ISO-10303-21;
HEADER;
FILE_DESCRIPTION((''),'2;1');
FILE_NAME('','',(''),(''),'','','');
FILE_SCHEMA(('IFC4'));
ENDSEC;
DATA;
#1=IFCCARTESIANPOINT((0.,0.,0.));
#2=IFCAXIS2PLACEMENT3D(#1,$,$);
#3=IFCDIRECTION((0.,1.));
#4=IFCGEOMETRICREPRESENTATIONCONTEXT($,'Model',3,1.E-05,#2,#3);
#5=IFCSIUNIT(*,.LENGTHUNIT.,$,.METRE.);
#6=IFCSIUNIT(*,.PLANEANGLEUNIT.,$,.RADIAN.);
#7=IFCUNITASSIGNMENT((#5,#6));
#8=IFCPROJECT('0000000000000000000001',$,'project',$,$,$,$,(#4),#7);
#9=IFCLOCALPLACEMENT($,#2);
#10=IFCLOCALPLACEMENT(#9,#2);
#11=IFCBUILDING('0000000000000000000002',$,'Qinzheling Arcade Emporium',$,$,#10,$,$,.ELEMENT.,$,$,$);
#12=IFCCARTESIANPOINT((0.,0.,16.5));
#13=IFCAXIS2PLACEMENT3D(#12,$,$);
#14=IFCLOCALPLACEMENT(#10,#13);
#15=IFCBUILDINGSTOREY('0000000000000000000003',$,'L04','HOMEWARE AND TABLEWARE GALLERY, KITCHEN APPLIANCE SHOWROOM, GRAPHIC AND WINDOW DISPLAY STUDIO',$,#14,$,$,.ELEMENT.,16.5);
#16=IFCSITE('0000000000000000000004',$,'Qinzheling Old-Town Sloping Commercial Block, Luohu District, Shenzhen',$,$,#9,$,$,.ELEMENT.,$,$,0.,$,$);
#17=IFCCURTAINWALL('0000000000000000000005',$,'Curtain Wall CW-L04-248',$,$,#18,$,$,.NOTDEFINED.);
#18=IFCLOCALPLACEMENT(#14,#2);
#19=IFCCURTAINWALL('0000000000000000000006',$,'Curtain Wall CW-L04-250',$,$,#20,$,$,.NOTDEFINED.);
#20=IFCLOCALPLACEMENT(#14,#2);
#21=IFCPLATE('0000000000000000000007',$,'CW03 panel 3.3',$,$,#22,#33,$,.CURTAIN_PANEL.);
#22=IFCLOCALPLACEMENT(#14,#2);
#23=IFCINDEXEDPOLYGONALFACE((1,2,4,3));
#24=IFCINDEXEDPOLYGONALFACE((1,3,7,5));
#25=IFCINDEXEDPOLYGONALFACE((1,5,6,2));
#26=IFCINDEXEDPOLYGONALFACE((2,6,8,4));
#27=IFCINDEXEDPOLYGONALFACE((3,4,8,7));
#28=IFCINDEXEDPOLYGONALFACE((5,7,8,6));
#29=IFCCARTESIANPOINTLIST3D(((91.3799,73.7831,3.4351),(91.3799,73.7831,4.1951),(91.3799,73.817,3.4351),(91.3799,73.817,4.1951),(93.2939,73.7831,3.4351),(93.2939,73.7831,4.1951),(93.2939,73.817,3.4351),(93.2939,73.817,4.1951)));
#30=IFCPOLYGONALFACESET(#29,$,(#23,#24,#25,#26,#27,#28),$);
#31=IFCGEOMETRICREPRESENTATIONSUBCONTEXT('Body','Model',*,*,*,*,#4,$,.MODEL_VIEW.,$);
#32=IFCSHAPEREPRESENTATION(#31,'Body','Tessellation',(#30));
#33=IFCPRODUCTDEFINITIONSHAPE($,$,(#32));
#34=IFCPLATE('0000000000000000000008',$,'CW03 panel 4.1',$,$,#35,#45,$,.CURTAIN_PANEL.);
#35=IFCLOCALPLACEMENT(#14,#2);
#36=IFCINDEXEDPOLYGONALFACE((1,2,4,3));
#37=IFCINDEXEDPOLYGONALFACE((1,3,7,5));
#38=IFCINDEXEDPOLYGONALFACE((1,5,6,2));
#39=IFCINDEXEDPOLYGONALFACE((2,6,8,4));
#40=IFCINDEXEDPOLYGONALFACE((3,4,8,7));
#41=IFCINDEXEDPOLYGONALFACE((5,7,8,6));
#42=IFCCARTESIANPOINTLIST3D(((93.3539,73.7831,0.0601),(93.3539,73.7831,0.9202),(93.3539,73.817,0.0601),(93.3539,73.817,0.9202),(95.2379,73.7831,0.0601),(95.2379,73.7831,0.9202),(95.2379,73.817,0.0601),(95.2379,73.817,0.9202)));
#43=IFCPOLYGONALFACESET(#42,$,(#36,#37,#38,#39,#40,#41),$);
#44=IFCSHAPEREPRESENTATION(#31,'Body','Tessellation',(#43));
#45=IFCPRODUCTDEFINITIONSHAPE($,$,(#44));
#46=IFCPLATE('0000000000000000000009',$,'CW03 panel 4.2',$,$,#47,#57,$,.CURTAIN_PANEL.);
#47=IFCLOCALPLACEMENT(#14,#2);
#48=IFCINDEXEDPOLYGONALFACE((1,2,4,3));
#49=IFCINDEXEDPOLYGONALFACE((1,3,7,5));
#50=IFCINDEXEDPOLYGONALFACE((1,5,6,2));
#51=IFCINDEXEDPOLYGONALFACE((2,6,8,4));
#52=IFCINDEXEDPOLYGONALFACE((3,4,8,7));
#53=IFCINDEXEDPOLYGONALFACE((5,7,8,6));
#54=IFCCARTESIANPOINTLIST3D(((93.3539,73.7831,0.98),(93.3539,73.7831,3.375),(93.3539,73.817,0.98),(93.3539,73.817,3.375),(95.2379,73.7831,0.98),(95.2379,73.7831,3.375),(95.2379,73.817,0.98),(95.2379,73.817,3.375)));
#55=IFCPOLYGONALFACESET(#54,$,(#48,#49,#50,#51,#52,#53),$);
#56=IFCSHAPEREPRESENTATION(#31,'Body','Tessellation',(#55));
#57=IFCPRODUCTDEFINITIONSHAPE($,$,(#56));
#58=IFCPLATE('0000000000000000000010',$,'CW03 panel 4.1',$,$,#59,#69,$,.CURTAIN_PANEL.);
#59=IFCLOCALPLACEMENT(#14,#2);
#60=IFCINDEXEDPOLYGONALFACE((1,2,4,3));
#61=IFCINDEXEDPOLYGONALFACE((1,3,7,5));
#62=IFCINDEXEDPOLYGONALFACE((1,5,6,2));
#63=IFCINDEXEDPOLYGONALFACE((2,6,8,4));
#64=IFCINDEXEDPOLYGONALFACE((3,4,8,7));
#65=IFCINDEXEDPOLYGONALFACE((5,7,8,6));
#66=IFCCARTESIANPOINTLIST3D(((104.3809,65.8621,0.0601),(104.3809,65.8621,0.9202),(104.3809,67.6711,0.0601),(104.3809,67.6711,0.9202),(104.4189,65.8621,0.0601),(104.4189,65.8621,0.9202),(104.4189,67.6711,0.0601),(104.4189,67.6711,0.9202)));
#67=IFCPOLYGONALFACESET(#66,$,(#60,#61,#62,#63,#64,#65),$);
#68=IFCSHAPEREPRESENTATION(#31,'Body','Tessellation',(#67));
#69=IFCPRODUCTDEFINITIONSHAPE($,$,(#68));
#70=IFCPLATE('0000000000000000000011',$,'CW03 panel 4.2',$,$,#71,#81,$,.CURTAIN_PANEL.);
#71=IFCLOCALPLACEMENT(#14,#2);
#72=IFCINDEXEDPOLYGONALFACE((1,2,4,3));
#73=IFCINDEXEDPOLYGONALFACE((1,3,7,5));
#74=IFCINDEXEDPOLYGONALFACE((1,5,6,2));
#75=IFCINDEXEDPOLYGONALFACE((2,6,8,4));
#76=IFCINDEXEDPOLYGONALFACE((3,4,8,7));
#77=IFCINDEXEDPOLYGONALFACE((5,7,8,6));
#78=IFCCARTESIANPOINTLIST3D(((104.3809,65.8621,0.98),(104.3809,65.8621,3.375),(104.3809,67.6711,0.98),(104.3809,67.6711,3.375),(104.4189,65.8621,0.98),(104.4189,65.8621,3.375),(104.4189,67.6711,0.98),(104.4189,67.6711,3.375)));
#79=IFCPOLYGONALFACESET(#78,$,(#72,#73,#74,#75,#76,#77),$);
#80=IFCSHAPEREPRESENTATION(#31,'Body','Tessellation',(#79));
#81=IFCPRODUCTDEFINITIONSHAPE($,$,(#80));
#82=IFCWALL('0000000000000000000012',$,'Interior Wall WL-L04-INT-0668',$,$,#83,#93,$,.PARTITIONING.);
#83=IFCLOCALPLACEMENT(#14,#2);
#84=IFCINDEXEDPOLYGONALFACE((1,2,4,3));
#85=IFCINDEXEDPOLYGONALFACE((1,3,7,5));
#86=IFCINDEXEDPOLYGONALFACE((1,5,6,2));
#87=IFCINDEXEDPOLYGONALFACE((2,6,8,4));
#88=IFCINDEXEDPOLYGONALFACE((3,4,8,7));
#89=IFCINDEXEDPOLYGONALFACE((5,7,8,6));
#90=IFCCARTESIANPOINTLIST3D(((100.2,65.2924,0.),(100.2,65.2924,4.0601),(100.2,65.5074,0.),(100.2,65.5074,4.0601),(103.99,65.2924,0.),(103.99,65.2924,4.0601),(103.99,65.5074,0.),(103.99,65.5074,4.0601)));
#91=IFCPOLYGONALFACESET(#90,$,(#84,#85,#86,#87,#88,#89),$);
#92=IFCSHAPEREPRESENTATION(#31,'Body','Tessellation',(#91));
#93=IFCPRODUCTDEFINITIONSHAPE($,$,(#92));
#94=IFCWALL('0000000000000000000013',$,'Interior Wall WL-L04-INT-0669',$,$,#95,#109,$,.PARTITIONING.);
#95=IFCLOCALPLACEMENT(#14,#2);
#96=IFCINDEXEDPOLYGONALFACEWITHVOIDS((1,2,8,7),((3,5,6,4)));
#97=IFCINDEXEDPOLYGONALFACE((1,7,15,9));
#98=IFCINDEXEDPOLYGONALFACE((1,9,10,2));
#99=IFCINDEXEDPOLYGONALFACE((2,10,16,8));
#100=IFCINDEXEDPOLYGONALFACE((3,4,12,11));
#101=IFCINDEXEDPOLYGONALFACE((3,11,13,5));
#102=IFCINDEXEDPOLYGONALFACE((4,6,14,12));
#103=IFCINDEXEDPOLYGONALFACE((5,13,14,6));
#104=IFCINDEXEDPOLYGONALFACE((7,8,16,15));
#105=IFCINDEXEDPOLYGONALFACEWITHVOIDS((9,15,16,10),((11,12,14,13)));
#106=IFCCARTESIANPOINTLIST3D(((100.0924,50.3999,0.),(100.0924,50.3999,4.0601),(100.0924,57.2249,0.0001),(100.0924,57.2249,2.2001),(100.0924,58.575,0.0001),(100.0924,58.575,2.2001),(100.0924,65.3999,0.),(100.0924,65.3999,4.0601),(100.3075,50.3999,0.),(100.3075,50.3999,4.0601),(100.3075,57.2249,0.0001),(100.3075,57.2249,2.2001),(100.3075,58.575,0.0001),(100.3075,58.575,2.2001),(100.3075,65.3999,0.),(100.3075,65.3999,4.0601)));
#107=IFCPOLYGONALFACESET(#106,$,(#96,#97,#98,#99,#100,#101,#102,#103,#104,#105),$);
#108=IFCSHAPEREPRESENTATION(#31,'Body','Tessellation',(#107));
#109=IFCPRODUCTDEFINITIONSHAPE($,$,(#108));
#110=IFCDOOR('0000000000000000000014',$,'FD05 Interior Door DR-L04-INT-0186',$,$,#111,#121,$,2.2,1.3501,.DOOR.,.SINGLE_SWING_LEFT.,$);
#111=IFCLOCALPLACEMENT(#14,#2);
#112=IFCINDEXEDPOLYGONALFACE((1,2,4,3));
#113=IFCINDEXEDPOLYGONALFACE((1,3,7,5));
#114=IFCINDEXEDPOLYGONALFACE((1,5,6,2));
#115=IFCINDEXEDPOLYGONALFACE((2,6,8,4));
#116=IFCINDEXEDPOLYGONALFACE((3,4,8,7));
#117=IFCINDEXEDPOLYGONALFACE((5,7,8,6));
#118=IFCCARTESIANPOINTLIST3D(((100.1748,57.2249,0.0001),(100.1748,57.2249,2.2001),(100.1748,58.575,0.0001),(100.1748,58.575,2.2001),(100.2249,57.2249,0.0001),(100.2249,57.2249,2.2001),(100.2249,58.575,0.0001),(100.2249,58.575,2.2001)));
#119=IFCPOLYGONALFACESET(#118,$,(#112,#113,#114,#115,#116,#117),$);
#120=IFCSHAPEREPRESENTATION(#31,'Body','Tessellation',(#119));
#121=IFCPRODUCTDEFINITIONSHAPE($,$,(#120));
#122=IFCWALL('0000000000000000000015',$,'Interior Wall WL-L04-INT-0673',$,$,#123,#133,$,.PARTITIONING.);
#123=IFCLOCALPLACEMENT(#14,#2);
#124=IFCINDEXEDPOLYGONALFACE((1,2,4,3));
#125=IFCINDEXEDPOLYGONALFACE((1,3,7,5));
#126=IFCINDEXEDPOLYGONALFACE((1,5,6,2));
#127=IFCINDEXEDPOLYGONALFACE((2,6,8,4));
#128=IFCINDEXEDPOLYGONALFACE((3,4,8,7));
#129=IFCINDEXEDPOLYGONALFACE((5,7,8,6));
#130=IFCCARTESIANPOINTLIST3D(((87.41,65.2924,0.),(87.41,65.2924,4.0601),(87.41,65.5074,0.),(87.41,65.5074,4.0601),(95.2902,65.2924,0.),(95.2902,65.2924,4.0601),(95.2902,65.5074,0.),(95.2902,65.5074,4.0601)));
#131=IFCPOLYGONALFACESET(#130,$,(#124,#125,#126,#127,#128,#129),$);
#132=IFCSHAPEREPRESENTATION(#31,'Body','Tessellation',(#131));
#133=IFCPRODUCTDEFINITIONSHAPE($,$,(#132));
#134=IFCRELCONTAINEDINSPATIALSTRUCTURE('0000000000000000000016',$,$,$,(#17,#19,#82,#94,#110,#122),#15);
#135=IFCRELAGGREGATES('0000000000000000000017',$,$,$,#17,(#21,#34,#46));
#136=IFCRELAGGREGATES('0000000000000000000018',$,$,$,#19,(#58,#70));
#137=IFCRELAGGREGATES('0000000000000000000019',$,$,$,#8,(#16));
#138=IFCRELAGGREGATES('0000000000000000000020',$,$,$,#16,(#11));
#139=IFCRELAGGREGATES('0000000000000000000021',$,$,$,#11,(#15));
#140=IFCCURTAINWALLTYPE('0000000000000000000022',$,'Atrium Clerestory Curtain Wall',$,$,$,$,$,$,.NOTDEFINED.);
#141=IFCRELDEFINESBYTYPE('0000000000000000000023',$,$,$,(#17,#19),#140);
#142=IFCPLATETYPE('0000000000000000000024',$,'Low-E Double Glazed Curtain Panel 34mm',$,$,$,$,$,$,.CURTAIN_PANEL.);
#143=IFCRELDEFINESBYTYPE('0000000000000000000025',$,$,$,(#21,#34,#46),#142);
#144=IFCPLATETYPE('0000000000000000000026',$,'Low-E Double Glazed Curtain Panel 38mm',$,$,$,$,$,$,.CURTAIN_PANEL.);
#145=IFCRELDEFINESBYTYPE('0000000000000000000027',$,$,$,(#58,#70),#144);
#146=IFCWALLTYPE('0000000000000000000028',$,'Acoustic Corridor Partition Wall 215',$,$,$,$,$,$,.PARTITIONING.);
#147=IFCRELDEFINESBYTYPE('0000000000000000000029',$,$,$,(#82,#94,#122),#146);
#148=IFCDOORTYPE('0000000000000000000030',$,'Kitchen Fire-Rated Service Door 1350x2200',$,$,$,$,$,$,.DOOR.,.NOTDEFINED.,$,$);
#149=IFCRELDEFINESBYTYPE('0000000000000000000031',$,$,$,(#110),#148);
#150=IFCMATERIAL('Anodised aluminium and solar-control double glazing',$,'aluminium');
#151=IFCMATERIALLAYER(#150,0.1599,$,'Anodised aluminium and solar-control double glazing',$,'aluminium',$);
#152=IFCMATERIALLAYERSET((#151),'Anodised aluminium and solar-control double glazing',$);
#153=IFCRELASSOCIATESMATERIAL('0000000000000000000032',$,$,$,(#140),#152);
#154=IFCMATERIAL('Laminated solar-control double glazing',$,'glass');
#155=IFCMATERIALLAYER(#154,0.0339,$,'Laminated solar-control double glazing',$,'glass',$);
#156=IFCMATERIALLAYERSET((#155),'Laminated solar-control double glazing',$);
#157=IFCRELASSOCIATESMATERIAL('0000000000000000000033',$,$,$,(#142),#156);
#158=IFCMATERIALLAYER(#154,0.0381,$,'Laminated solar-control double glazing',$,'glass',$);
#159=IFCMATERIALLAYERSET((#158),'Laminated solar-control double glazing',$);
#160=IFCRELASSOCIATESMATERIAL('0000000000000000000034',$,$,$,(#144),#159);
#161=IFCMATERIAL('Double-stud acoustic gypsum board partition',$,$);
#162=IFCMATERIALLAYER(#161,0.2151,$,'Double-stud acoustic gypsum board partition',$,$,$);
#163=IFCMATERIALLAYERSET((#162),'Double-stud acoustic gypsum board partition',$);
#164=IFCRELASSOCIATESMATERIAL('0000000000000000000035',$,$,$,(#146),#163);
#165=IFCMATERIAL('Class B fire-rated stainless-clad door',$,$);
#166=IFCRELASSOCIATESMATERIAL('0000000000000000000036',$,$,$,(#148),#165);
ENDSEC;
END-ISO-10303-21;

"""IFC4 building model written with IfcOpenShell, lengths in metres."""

from ifc_helpers import new_model, si_unit, direction, frame, frame_2d, origin, origin_2d, place, context, subcontext, project, spatial, rectangle, extrude, material, layer, layer_set, type_object, element, fill, aggregate, save


model = new_model("IFC4")

# Units and contexts
model_context = context("Model", 3, precision=1e-05, world=origin(), true_north=direction((0.0, 1.0)))
body_context = subcontext(model_context, "Body", "Model", "MODEL_VIEW")
ifc_project = project(units=[si_unit("LENGTHUNIT", "METRE"), si_unit("PLANEANGLEUNIT", "RADIAN")], contexts=[model_context])

# Site, building, storey
site_placement = place(None, origin())
site = spatial("IfcSite", under=ifc_project, at=site_placement, Name="Qinzheling Old-Town Sloping Commercial Block, Luohu District, Shenzhen", CompositionType="ELEMENT", RefElevation=0.0)
building_placement = place(site_placement, origin())
building = spatial("IfcBuilding", under=site, at=building_placement, Name="Qinzheling Arcade Emporium", CompositionType="ELEMENT")
storey_placement = place(building_placement, frame((0.0, 0.0, 16.5)))
storey = spatial("IfcBuildingStorey", under=building, at=storey_placement, Name="L04", Description="HOMEWARE AND TABLEWARE GALLERY, KITCHEN APPLIANCE SHOWROOM, GRAPHIC AND WINDOW DISPLAY STUDIO", CompositionType="ELEMENT", Elevation=16.5)

# Curtain walls
ifc_material_1 = material(Name="Anodised aluminium and solar-control double glazing", Category="aluminium")
ifc_layer_1 = layer(ifc_material_1, 0.1599, Name="Anodised aluminium and solar-control double glazing", Category="aluminium")
ifc_layer_set_1 = layer_set([ifc_layer_1], Name="Anodised aluminium and solar-control double glazing")
curtain_wall_type = type_object("IfcCurtainWallType", Name="Atrium Clerestory Curtain Wall", PredefinedType="NOTDEFINED", material=ifc_layer_set_1)
curtain_wall_1_placement = place(storey_placement, origin())
curtain_wall_1 = element("IfcCurtainWall", 1, at=curtain_wall_1_placement, inside=storey, type_object=curtain_wall_type, Name="Curtain Wall CW-L04-248", PredefinedType="NOTDEFINED")
curtain_wall_2_placement = place(storey_placement, origin())
curtain_wall_2 = element("IfcCurtainWall", 2, at=curtain_wall_2_placement, inside=storey, type_object=curtain_wall_type, Name="Curtain Wall CW-L04-250", PredefinedType="NOTDEFINED")

# Plates
ifc_material_2 = material(Name="Laminated solar-control double glazing", Category="glass")
ifc_layer_2 = layer(ifc_material_2, 0.0339, Name="Laminated solar-control double glazing", Category="glass")
ifc_layer_set_2 = layer_set([ifc_layer_2], Name="Laminated solar-control double glazing")
plate_type_1 = type_object("IfcPlateType", Name="Low-E Double Glazed Curtain Panel 34mm", PredefinedType="CURTAIN_PANEL", material=ifc_layer_set_2)
plate_1_placement = place(storey_placement, frame((92.3369, 73.8, 3.4351), z_axis=(0.0, 0.0, 1.0), x_axis=(1.0, 0.0, 0.0)))
plate_1 = element("IfcPlate", 3, at=plate_1_placement, type_object=plate_type_1, Name="CW03 panel 3.3", PredefinedType="CURTAIN_PANEL", context=body_context, shape_type="SweptSolid", body=[
    extrude(rectangle(XDim=1.9141, YDim=0.0339, at=origin_2d()), origin(), (0.0, 0.0, 1.0), 0.76),
])
plate_2_placement = place(storey_placement, frame((94.2959, 73.8, 0.0601), z_axis=(0.0, 0.0, 1.0), x_axis=(1.0, 0.0, 0.0)))
plate_2 = element("IfcPlate", 4, at=plate_2_placement, type_object=plate_type_1, Name="CW03 panel 4.1", PredefinedType="CURTAIN_PANEL", context=body_context, shape_type="SweptSolid", body=[
    extrude(rectangle(XDim=1.884, YDim=0.0339, at=origin_2d()), origin(), (0.0, 0.0, 1.0), 0.8601),
])
plate_3_placement = place(storey_placement, frame((94.2959, 73.8, 0.98), z_axis=(0.0, 0.0, 1.0), x_axis=(1.0, 0.0, 0.0)))
plate_3 = element("IfcPlate", 5, at=plate_3_placement, type_object=plate_type_1, Name="CW03 panel 4.2", PredefinedType="CURTAIN_PANEL", context=body_context, shape_type="SweptSolid", body=[
    extrude(rectangle(XDim=1.884, YDim=0.0339, at=origin_2d()), origin(), (0.0, 0.0, 1.0), 2.395),
])
aggregate(curtain_wall_1, [plate_1, plate_2, plate_3])
ifc_layer_3 = layer(ifc_material_2, 0.0381, Name="Laminated solar-control double glazing", Category="glass")
ifc_layer_set_3 = layer_set([ifc_layer_3], Name="Laminated solar-control double glazing")
plate_type_2 = type_object("IfcPlateType", Name="Low-E Double Glazed Curtain Panel 38mm", PredefinedType="CURTAIN_PANEL", material=ifc_layer_set_3)
plate_4_placement = place(storey_placement, frame((104.3999, 66.7666, 0.0601), z_axis=(0.0, 0.0, 1.0), x_axis=(0.0, -1.0, 0.0)))
plate_4 = element("IfcPlate", 6, at=plate_4_placement, type_object=plate_type_2, Name="CW03 panel 4.1", PredefinedType="CURTAIN_PANEL", context=body_context, shape_type="SweptSolid", body=[
    extrude(rectangle(XDim=1.8091, YDim=0.0381, at=origin_2d()), origin(), (0.0, 0.0, 1.0), 0.8601),
])
plate_5_placement = place(storey_placement, frame((104.3999, 66.7666, 0.98), z_axis=(0.0, 0.0, 1.0), x_axis=(0.0, -1.0, 0.0)))
plate_5 = element("IfcPlate", 7, at=plate_5_placement, type_object=plate_type_2, Name="CW03 panel 4.2", PredefinedType="CURTAIN_PANEL", context=body_context, shape_type="SweptSolid", body=[
    extrude(rectangle(XDim=1.8091, YDim=0.0381, at=origin_2d()), origin(), (0.0, 0.0, 1.0), 2.395),
])
aggregate(curtain_wall_2, [plate_4, plate_5])

# Wall
ifc_material_3 = material(Name="Double-stud acoustic gypsum board partition")
ifc_layer_4 = layer(ifc_material_3, 0.2151, Name="Double-stud acoustic gypsum board partition")
ifc_layer_set_4 = layer_set([ifc_layer_4], Name="Double-stud acoustic gypsum board partition")
wall_type = type_object("IfcWallType", Name="Acoustic Corridor Partition Wall 215", PredefinedType="PARTITIONING", material=ifc_layer_set_4)
wall_1_placement = place(storey_placement, frame((103.99, 65.3999, 0.0), z_axis=(0.0, 0.0, 1.0), x_axis=(-1.0, 0.0, 0.0)))
element("IfcWall", 8, at=wall_1_placement, inside=storey, type_object=wall_type, Name="Interior Wall WL-L04-INT-0668", PredefinedType="PARTITIONING", context=body_context, shape_type="SweptSolid", body=[
    extrude(rectangle(XDim=3.79, YDim=0.2151, at=frame_2d((1.895, 0.0))), origin(), (0.0, 0.0, 1.0), 4.0601),
])

# Wall, opening, door
wall_2_placement = place(storey_placement, frame((100.2, 65.3999, 0.0), z_axis=(0.0, 0.0, 1.0), x_axis=(0.0, -1.0, 0.0)))
wall_2 = element("IfcWall", 9, at=wall_2_placement, inside=storey, type_object=wall_type, Name="Interior Wall WL-L04-INT-0669", PredefinedType="PARTITIONING", context=body_context, shape_type="SweptSolid", body=[
    extrude(rectangle(XDim=15.0, YDim=0.2151, at=frame_2d((7.5, 0.0))), origin(), (0.0, 0.0, 1.0), 4.0601),
])
opening_placement = place(wall_2_placement, frame((6.825, 0.0, 0.0)))
opening = element("IfcOpeningElement", 10, at=opening_placement, cuts=wall_2, PredefinedType="OPENING", context=body_context, shape_type="SweptSolid", body=[
    extrude(rectangle(XDim=1.3501, YDim=2.2, at=frame_2d((0.675, 1.1001))), frame((0.0, 0.1177, 0.0), z_axis=(0.0, -1.0, 0.0), x_axis=(1.0, 0.0, 0.0)), (0.0, 0.0, 1.0), 0.2351),
])
ifc_material_4 = material(Name="Class B fire-rated stainless-clad door")
door_type = type_object("IfcDoorType", Name="Kitchen Fire-Rated Service Door 1350x2200", OperationType="NOTDEFINED", PredefinedType="DOOR", material=ifc_material_4)
door_placement = place(opening_placement, origin())
door = element("IfcDoor", 11, at=door_placement, inside=storey, type_object=door_type, Name="FD05 Interior Door DR-L04-INT-0186", OperationType="SINGLE_SWING_LEFT", OverallHeight=2.2, OverallWidth=1.3501, PredefinedType="DOOR", context=body_context, shape_type="SweptSolid", body=[
    extrude(rectangle(XDim=1.3501, YDim=2.2, at=frame_2d((0.675, 1.1001))), frame((0.0, 0.0249, 0.0), z_axis=(0.0, -1.0, 0.0), x_axis=(1.0, 0.0, 0.0)), (0.0, 0.0, 1.0), 0.05),
])
fill(opening, door)

# Wall
wall_3_placement = place(storey_placement, frame((95.29, 65.3999, 0.0), z_axis=(0.0, 0.0, 1.0), x_axis=(-1.0, 0.0, 0.0)))
element("IfcWall", 12, at=wall_3_placement, inside=storey, type_object=wall_type, Name="Interior Wall WL-L04-INT-0673", PredefinedType="PARTITIONING", context=body_context, shape_type="SweptSolid", body=[
    extrude(rectangle(XDim=7.8801, YDim=0.2151, at=frame_2d((3.9399, 0.0))), origin(), (0.0, 0.0, 1.0), 4.0601),
])

save(model, "model.ifc")
